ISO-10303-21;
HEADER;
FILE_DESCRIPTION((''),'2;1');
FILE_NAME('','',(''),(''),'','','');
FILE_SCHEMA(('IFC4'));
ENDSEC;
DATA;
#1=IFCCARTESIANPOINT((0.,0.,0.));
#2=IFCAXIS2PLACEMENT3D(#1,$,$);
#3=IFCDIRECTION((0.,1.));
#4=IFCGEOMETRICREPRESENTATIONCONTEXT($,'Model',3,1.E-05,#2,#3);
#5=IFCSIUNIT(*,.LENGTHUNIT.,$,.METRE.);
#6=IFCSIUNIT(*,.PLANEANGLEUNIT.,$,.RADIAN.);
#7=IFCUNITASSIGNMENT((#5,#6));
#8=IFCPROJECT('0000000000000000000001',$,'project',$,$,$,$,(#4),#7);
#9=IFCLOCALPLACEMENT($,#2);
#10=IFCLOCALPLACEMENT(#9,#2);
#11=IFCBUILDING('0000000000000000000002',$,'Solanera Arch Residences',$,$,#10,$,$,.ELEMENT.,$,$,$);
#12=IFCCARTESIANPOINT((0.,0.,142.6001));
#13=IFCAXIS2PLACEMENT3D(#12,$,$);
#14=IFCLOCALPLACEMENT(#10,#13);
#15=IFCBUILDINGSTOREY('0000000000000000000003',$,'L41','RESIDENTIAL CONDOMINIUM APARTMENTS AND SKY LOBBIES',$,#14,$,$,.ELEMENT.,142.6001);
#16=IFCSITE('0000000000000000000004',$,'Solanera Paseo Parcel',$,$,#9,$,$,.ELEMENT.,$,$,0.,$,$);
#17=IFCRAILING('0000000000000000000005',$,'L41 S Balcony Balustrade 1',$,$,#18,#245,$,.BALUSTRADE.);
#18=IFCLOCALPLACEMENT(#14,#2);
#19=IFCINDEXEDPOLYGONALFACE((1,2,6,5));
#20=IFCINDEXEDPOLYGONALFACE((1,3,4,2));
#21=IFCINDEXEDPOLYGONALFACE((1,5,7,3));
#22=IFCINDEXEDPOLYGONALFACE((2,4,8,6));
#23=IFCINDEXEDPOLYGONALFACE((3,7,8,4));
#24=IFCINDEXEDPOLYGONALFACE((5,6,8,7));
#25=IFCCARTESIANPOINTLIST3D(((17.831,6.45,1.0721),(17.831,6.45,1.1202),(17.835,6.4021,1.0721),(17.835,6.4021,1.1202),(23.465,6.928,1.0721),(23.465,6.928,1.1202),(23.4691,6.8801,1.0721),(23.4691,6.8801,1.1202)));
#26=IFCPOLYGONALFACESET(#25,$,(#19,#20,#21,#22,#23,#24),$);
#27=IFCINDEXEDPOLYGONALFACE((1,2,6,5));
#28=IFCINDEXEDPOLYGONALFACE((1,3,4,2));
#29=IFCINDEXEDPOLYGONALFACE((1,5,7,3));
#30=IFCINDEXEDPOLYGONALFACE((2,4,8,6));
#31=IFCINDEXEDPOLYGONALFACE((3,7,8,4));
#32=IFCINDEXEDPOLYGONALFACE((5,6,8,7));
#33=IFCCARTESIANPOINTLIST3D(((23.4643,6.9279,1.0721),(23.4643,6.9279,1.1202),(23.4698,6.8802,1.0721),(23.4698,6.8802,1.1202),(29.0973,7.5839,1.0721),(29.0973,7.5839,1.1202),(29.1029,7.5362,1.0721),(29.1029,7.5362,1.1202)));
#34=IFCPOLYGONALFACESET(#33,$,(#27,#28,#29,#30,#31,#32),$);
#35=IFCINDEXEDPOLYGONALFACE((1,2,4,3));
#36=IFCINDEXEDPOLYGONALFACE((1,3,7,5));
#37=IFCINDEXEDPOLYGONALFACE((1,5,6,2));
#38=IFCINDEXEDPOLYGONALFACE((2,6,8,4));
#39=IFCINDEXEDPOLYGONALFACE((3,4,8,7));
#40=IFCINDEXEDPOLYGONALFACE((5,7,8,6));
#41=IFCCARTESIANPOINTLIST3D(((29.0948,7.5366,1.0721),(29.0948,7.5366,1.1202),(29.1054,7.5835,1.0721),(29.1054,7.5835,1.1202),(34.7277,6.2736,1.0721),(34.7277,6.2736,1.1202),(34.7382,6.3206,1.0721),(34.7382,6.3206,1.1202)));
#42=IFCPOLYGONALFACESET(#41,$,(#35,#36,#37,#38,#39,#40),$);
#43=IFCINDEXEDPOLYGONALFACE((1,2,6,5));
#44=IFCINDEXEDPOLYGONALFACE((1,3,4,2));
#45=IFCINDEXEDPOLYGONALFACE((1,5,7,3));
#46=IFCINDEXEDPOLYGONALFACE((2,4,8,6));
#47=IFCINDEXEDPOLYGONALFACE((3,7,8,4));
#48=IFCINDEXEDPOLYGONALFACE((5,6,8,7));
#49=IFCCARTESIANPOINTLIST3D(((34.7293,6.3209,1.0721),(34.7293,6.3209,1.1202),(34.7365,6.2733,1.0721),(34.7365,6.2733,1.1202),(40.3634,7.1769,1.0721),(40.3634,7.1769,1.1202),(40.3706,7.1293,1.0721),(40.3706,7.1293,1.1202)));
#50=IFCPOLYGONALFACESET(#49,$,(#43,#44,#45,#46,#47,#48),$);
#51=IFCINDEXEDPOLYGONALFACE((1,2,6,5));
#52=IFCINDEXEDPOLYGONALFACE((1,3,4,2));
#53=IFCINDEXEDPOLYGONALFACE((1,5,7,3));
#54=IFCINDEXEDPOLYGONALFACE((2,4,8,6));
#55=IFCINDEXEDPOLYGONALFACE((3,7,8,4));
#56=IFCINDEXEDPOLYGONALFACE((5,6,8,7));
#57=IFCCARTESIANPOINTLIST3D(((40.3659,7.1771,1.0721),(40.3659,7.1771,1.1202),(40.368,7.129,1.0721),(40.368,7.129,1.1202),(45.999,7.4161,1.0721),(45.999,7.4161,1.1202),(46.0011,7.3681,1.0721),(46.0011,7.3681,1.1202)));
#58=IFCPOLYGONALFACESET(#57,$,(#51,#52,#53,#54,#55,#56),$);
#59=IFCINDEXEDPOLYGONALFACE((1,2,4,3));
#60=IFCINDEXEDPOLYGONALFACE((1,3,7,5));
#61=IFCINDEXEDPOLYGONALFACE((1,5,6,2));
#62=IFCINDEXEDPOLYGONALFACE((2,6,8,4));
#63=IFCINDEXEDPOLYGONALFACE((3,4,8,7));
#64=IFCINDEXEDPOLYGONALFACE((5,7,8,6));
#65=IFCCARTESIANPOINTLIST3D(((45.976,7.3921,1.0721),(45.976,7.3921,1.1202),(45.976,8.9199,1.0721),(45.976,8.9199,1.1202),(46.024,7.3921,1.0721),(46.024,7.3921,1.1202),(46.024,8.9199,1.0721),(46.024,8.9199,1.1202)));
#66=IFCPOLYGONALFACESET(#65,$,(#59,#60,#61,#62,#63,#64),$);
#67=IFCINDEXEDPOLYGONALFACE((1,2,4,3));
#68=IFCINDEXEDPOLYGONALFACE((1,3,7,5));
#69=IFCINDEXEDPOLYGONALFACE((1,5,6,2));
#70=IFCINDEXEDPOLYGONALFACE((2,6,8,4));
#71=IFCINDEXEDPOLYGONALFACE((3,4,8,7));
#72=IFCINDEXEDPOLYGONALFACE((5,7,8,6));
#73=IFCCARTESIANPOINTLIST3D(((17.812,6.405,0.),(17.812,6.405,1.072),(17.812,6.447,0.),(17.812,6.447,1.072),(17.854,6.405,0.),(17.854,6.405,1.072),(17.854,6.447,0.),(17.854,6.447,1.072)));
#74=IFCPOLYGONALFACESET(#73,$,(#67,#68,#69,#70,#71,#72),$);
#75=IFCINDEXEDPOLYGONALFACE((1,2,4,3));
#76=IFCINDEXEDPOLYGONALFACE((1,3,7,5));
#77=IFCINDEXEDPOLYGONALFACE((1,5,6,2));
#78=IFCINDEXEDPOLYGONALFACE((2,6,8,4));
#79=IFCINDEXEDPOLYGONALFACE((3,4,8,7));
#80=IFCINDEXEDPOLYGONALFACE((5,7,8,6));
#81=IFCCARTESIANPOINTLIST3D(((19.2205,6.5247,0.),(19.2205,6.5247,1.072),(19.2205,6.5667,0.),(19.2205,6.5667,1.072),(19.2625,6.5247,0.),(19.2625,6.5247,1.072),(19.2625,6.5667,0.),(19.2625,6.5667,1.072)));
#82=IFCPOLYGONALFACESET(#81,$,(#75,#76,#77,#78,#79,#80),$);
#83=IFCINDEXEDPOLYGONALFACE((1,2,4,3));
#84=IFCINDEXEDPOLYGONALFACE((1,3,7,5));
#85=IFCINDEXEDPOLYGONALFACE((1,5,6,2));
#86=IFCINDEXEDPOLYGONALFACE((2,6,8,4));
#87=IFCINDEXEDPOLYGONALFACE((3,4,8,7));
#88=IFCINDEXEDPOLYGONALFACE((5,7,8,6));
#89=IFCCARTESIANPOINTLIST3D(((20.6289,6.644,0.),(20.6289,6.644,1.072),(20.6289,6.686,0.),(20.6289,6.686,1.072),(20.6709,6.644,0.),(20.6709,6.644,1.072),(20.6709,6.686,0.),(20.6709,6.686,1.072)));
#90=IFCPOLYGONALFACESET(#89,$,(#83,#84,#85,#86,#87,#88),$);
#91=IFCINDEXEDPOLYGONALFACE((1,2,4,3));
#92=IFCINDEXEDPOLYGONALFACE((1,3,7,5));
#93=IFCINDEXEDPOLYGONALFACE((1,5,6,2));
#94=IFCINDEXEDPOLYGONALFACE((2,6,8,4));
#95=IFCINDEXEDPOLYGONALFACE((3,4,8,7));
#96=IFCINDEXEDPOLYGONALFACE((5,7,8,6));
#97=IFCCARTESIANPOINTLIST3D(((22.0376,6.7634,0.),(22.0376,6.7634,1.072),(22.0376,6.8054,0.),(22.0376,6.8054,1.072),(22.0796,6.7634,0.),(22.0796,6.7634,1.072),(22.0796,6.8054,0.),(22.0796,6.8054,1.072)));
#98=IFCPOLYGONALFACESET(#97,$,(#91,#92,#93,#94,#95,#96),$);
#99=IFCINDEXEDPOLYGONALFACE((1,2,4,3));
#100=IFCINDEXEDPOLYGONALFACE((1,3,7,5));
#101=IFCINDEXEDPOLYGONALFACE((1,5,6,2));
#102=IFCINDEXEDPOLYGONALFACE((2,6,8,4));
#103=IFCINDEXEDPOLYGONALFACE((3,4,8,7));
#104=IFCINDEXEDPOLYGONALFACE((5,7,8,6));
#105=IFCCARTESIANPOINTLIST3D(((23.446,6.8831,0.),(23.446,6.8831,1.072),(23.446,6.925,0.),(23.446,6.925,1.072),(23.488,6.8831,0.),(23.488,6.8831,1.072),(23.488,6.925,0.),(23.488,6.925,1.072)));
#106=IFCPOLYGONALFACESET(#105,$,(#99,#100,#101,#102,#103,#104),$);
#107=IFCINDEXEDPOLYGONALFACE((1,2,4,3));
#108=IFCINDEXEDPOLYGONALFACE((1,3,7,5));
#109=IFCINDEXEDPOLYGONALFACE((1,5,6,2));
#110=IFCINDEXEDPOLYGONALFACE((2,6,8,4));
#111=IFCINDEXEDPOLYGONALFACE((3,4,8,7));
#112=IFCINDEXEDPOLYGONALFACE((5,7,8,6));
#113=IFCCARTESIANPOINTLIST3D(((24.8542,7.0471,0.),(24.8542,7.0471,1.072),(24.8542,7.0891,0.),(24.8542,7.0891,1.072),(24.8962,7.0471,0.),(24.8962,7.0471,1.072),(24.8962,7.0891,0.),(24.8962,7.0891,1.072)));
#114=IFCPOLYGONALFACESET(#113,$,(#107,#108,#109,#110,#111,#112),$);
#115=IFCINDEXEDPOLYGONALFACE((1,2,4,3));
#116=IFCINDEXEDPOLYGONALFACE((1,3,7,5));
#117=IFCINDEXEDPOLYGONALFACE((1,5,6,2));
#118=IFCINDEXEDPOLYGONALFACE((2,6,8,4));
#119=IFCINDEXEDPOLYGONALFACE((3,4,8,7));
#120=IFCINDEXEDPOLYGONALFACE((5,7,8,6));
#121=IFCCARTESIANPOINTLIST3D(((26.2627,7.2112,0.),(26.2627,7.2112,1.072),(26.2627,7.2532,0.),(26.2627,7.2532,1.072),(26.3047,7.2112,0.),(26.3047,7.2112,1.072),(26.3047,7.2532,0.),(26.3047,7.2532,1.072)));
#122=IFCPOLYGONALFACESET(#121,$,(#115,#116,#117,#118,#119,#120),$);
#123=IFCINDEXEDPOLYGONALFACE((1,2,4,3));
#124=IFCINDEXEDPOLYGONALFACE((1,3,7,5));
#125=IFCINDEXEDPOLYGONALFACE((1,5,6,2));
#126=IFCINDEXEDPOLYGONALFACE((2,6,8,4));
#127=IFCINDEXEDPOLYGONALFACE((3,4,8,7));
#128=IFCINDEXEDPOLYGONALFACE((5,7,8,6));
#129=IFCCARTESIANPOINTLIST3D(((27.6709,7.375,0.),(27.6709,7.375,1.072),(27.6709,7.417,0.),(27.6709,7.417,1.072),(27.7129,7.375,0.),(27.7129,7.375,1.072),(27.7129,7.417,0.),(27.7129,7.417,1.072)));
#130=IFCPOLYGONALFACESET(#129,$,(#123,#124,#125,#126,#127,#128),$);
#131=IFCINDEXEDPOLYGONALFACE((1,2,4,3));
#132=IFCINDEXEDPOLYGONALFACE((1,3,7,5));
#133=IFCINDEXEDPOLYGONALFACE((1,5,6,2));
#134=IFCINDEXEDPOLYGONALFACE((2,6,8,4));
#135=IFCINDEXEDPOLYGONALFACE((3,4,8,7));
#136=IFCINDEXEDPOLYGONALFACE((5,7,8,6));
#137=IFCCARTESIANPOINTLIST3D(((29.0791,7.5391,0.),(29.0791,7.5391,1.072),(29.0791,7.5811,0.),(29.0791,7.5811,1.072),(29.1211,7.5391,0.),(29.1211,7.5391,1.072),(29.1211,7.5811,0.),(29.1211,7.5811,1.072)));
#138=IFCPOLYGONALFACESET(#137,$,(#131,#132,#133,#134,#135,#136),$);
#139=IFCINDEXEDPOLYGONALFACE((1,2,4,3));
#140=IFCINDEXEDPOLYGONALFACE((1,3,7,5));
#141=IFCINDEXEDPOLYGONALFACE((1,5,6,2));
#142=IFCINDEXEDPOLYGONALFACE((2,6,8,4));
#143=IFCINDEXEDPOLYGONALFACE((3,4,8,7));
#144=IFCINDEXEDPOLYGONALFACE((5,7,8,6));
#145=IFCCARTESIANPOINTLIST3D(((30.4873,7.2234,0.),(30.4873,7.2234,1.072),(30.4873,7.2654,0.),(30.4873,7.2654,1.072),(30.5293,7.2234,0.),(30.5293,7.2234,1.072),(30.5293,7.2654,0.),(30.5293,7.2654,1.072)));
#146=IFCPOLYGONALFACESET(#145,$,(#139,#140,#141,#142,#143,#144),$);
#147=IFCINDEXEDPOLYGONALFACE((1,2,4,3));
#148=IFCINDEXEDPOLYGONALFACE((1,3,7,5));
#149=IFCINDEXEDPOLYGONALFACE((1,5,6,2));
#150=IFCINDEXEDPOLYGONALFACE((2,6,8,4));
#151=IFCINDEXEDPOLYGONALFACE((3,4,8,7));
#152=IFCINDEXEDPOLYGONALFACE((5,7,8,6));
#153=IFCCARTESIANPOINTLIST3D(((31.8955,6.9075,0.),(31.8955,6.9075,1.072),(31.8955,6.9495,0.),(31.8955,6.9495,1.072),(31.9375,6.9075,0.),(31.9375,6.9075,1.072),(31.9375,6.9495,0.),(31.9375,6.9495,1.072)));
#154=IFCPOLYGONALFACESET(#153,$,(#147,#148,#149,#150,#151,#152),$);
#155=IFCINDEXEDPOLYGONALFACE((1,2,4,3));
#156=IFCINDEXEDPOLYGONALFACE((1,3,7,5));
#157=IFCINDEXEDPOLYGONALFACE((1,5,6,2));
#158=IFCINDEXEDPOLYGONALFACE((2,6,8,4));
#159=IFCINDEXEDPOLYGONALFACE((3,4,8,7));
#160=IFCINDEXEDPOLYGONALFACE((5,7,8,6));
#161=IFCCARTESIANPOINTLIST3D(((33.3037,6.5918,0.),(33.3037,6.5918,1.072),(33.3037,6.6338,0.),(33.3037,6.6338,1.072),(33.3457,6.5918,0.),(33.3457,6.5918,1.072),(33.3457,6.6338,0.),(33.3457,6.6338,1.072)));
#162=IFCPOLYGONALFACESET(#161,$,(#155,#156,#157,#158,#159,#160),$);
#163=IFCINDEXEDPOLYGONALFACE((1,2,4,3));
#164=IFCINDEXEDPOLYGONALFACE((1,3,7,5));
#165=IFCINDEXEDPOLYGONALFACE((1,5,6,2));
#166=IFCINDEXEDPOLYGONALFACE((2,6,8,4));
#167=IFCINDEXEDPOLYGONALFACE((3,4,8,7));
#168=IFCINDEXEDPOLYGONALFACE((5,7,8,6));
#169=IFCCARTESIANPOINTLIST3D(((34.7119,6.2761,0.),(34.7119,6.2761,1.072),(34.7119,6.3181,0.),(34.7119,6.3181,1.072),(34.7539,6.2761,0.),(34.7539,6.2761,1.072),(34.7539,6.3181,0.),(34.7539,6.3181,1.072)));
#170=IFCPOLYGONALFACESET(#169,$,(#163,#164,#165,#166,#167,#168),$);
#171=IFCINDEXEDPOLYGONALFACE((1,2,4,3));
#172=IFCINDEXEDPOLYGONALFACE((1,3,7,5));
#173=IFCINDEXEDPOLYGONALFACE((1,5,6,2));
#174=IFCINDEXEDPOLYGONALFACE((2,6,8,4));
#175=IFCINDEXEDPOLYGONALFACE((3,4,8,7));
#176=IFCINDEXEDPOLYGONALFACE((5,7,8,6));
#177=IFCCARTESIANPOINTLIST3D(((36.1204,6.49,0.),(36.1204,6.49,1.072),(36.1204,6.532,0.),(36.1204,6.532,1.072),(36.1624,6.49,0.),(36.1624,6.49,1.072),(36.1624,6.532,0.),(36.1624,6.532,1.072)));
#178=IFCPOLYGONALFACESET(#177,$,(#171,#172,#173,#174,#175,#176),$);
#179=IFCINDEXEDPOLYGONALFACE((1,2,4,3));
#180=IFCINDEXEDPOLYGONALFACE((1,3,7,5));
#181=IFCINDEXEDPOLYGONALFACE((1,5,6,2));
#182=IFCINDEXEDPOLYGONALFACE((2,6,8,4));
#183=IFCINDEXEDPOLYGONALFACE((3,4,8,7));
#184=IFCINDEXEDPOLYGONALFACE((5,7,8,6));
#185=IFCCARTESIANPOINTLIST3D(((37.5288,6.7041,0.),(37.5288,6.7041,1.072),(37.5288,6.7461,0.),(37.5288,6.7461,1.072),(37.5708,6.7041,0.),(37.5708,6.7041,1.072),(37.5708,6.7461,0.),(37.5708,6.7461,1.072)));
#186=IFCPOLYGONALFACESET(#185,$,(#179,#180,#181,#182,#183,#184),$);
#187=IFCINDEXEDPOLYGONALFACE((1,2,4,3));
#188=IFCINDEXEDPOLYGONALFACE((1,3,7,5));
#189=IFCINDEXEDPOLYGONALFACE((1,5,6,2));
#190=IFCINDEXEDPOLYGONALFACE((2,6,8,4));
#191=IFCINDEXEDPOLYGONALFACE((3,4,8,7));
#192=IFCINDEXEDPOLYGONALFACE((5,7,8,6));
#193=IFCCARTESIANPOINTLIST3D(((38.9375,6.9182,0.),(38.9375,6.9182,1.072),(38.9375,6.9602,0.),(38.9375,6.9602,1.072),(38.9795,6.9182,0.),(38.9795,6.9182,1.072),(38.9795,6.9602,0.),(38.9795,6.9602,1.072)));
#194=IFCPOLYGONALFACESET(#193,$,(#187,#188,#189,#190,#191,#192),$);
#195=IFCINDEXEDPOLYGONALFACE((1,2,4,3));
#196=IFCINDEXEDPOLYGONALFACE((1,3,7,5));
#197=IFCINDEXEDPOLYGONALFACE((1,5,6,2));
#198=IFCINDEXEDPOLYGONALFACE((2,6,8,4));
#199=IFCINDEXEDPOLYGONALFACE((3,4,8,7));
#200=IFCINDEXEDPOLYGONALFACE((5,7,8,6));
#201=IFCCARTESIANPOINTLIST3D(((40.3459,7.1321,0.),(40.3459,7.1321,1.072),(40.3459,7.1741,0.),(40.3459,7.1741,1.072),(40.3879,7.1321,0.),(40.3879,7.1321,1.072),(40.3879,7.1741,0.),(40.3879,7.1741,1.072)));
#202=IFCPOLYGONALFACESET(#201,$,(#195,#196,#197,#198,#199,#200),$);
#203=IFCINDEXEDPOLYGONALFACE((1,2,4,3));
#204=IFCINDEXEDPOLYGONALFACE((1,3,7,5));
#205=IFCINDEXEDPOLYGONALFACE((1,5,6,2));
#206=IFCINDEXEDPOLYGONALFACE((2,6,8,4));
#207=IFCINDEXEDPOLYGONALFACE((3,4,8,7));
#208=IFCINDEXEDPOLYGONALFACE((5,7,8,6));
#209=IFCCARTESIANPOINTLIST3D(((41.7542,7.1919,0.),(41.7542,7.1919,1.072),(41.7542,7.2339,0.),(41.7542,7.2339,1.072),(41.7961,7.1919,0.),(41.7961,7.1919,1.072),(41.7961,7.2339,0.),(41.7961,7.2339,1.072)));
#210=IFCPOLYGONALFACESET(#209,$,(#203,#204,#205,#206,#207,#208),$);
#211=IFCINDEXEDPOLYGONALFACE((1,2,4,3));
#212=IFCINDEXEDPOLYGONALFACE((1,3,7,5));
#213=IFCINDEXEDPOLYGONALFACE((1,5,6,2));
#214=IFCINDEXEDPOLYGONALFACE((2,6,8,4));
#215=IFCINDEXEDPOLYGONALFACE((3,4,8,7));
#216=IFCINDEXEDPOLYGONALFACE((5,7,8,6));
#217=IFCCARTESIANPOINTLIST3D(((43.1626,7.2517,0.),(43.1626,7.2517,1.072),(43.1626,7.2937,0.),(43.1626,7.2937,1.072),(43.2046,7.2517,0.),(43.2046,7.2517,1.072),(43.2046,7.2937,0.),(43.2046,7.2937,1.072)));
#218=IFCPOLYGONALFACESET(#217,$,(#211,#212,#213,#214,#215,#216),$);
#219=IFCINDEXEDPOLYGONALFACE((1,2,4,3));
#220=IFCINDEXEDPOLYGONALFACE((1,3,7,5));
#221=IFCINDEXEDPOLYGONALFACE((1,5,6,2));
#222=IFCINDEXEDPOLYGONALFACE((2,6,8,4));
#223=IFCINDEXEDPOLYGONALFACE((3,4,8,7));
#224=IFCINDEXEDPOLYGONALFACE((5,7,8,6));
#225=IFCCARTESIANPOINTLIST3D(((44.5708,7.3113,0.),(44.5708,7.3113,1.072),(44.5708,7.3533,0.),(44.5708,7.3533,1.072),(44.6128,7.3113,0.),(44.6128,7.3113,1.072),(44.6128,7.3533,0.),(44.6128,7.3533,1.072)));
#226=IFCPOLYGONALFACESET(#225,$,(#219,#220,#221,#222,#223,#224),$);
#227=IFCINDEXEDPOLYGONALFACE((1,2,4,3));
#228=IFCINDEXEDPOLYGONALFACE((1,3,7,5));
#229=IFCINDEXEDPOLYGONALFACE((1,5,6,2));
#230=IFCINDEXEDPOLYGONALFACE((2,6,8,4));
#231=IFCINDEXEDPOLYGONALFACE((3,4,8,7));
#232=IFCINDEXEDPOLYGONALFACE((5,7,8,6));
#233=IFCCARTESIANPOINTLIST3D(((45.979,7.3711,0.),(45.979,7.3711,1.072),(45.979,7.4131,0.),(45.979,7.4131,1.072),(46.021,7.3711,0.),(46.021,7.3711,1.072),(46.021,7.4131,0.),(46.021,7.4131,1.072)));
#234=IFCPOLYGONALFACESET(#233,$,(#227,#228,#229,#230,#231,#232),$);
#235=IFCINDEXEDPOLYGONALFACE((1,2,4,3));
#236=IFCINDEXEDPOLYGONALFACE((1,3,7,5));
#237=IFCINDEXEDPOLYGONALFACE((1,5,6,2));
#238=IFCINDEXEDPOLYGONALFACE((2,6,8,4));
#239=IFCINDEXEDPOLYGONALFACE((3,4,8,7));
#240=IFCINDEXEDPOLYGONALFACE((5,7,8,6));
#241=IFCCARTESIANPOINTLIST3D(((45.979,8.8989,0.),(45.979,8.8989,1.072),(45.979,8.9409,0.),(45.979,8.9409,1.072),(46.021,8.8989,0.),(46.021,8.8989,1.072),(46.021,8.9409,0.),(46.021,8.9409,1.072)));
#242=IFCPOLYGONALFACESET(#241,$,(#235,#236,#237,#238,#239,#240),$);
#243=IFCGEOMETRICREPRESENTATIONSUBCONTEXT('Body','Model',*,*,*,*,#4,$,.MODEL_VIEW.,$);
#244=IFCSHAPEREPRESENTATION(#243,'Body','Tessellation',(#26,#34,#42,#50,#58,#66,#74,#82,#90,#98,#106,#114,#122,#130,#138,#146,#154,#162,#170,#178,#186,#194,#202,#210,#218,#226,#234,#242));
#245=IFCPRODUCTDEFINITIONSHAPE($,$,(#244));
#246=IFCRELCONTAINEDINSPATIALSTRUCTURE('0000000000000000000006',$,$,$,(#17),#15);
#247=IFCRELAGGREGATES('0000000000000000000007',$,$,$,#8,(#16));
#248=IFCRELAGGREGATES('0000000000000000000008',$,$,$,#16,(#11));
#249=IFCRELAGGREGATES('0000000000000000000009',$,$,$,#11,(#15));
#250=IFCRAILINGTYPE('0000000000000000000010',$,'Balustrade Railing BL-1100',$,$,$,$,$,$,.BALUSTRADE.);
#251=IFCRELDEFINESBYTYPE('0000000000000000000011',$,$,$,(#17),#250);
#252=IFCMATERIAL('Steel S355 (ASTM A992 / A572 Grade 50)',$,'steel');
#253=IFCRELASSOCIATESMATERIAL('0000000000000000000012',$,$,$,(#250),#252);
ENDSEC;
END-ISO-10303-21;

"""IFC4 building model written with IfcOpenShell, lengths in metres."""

from ifc_helpers import new_model, si_unit, direction, frame, origin, origin_2d, place, context, subcontext, project, spatial, rectangle, extrude, material, type_object, element, save


model = new_model("IFC4")

# Units and contexts
model_context = context("Model", 3, precision=1e-05, world=origin(), true_north=direction((0.0, 1.0)))
body_context = subcontext(model_context, "Body", "Model", "MODEL_VIEW")
ifc_project = project(units=[si_unit("LENGTHUNIT", "METRE"), si_unit("PLANEANGLEUNIT", "RADIAN")], contexts=[model_context])

# Site, building, storey
site_placement = place(None, origin())
site = spatial("IfcSite", under=ifc_project, at=site_placement, Name="Solanera Paseo Parcel", CompositionType="ELEMENT", RefElevation=0.0)
building_placement = place(site_placement, origin())
building = spatial("IfcBuilding", under=site, at=building_placement, Name="Solanera Arch Residences", CompositionType="ELEMENT")
storey_placement = place(building_placement, frame((0.0, 0.0, 142.6001)))
storey = spatial("IfcBuildingStorey", under=building, at=storey_placement, Name="L41", Description="RESIDENTIAL CONDOMINIUM APARTMENTS AND SKY LOBBIES", CompositionType="ELEMENT", Elevation=142.6001)

# Railing
ifc_material_1 = material(Name="Steel S355 (ASTM A992 / A572 Grade 50)", Category="steel")
railing_type = type_object("IfcRailingType", Name="Balustrade Railing BL-1100", PredefinedType="BALUSTRADE", material=ifc_material_1)
railing_placement = place(storey_placement, frame((17.833, 6.426, 0.0)))
element("IfcRailing", 1, at=railing_placement, inside=storey, type_object=railing_type, Name="L41 S Balcony Balustrade 1", PredefinedType="BALUSTRADE", context=body_context, shape_type="SweptSolid", body=[
    extrude(rectangle(XDim=0.0481, YDim=0.0481, at=origin_2d()), frame((0.0, 0.0, 1.0962), z_axis=(0.99642, 0.084543, 0.0), x_axis=(-0.084543, 0.99642, 0.0)), (0.0, 0.0, 1.0), 5.6543),
    extrude(rectangle(XDim=0.0481, YDim=0.0481, at=origin_2d()), frame((5.634, 0.478, 1.0962), z_axis=(0.993287, 0.115675, 0.0), x_axis=(-0.115675, 0.993287, 0.0)), (0.0, 0.0, 1.0), 5.6711),
    extrude(rectangle(XDim=0.0481, YDim=0.0481, at=origin_2d()), frame((11.2671, 1.134, 1.0962), z_axis=(0.975774, -0.218779, 0.0), x_axis=(0.218779, 0.975774, 0.0)), (0.0, 0.0, 1.0), 5.7727),
    extrude(rectangle(XDim=0.0481, YDim=0.0481, at=origin_2d()), frame((16.8999, -0.1289, 1.0962), z_axis=(0.988655, 0.150203, 0.0), x_axis=(-0.150203, 0.988655, 0.0)), (0.0, 0.0, 1.0), 5.6987),
    extrude(rectangle(XDim=0.0481, YDim=0.0481, at=origin_2d()), frame((22.5339, 0.7271, 1.0962), z_axis=(0.999101, 0.042392, 0.0), x_axis=(-0.042392, 0.999101, 0.0)), (0.0, 0.0, 1.0), 5.6382),
    extrude(rectangle(XDim=0.0481, YDim=0.0481, at=origin_2d()), frame((28.167, 0.9661, 1.0962), z_axis=(0.0, 1.0, 0.0), x_axis=(-1.0, 0.0, 0.0)), (0.0, 0.0, 1.0), 1.5278),
    extrude(rectangle(XDim=0.042, YDim=0.042, at=origin_2d()), origin(), (0.0, 0.0, 1.0), 1.072),
    extrude(rectangle(XDim=0.042, YDim=0.042, at=origin_2d()), frame((1.4084, 0.1196, 0.0)), (0.0, 0.0, 1.0), 1.072),
    extrude(rectangle(XDim=0.042, YDim=0.042, at=origin_2d()), frame((2.8169, 0.239, 0.0)), (0.0, 0.0, 1.0), 1.072),
    extrude(rectangle(XDim=0.042, YDim=0.042, at=origin_2d()), frame((4.2256, 0.3584, 0.0)), (0.0, 0.0, 1.0), 1.072),
    extrude(rectangle(XDim=0.042, YDim=0.042, at=origin_2d()), frame((5.634, 0.478, 0.0)), (0.0, 0.0, 1.0), 1.072),
    extrude(rectangle(XDim=0.042, YDim=0.042, at=origin_2d()), frame((7.0422, 0.6421, 0.0)), (0.0, 0.0, 1.0), 1.072),
    extrude(rectangle(XDim=0.042, YDim=0.042, at=origin_2d()), frame((8.4507, 0.8062, 0.0)), (0.0, 0.0, 1.0), 1.072),
    extrude(rectangle(XDim=0.042, YDim=0.042, at=origin_2d()), frame((9.8589, 0.97, 0.0)), (0.0, 0.0, 1.0), 1.072),
    extrude(rectangle(XDim=0.042, YDim=0.042, at=origin_2d()), frame((11.2671, 1.134, 0.0)), (0.0, 0.0, 1.0), 1.072),
    extrude(rectangle(XDim=0.042, YDim=0.042, at=origin_2d()), frame((12.6753, 0.8184, 0.0)), (0.0, 0.0, 1.0), 1.072),
    extrude(rectangle(XDim=0.042, YDim=0.042, at=origin_2d()), frame((14.0835, 0.5024, 0.0)), (0.0, 0.0, 1.0), 1.072),
    extrude(rectangle(XDim=0.042, YDim=0.042, at=origin_2d()), frame((15.4917, 0.1868, 0.0)), (0.0, 0.0, 1.0), 1.072),
    extrude(rectangle(XDim=0.042, YDim=0.042, at=origin_2d()), frame((16.8999, -0.1289, 0.0)), (0.0, 0.0, 1.0), 1.072),
    extrude(rectangle(XDim=0.042, YDim=0.042, at=origin_2d()), frame((18.3083, 0.085, 0.0)), (0.0, 0.0, 1.0), 1.072),
    extrude(rectangle(XDim=0.042, YDim=0.042, at=origin_2d()), frame((19.7168, 0.2991, 0.0)), (0.0, 0.0, 1.0), 1.072),
    extrude(rectangle(XDim=0.042, YDim=0.042, at=origin_2d()), frame((21.1255, 0.5132, 0.0)), (0.0, 0.0, 1.0), 1.072),
    extrude(rectangle(XDim=0.042, YDim=0.042, at=origin_2d()), frame((22.5339, 0.7271, 0.0)), (0.0, 0.0, 1.0), 1.072),
    extrude(rectangle(XDim=0.042, YDim=0.042, at=origin_2d()), frame((23.9421, 0.7869, 0.0)), (0.0, 0.0, 1.0), 1.072),
    extrude(rectangle(XDim=0.042, YDim=0.042, at=origin_2d()), frame((25.3506, 0.8467, 0.0)), (0.0, 0.0, 1.0), 1.072),
    extrude(rectangle(XDim=0.042, YDim=0.042, at=origin_2d()), frame((26.7588, 0.9062, 0.0)), (0.0, 0.0, 1.0), 1.072),
    extrude(rectangle(XDim=0.042, YDim=0.042, at=origin_2d()), frame((28.167, 0.9661, 0.0)), (0.0, 0.0, 1.0), 1.072),
    extrude(rectangle(XDim=0.042, YDim=0.042, at=origin_2d()), frame((28.167, 2.4939, 0.0)), (0.0, 0.0, 1.0), 1.072),
])

save(model, "model.ifc")
